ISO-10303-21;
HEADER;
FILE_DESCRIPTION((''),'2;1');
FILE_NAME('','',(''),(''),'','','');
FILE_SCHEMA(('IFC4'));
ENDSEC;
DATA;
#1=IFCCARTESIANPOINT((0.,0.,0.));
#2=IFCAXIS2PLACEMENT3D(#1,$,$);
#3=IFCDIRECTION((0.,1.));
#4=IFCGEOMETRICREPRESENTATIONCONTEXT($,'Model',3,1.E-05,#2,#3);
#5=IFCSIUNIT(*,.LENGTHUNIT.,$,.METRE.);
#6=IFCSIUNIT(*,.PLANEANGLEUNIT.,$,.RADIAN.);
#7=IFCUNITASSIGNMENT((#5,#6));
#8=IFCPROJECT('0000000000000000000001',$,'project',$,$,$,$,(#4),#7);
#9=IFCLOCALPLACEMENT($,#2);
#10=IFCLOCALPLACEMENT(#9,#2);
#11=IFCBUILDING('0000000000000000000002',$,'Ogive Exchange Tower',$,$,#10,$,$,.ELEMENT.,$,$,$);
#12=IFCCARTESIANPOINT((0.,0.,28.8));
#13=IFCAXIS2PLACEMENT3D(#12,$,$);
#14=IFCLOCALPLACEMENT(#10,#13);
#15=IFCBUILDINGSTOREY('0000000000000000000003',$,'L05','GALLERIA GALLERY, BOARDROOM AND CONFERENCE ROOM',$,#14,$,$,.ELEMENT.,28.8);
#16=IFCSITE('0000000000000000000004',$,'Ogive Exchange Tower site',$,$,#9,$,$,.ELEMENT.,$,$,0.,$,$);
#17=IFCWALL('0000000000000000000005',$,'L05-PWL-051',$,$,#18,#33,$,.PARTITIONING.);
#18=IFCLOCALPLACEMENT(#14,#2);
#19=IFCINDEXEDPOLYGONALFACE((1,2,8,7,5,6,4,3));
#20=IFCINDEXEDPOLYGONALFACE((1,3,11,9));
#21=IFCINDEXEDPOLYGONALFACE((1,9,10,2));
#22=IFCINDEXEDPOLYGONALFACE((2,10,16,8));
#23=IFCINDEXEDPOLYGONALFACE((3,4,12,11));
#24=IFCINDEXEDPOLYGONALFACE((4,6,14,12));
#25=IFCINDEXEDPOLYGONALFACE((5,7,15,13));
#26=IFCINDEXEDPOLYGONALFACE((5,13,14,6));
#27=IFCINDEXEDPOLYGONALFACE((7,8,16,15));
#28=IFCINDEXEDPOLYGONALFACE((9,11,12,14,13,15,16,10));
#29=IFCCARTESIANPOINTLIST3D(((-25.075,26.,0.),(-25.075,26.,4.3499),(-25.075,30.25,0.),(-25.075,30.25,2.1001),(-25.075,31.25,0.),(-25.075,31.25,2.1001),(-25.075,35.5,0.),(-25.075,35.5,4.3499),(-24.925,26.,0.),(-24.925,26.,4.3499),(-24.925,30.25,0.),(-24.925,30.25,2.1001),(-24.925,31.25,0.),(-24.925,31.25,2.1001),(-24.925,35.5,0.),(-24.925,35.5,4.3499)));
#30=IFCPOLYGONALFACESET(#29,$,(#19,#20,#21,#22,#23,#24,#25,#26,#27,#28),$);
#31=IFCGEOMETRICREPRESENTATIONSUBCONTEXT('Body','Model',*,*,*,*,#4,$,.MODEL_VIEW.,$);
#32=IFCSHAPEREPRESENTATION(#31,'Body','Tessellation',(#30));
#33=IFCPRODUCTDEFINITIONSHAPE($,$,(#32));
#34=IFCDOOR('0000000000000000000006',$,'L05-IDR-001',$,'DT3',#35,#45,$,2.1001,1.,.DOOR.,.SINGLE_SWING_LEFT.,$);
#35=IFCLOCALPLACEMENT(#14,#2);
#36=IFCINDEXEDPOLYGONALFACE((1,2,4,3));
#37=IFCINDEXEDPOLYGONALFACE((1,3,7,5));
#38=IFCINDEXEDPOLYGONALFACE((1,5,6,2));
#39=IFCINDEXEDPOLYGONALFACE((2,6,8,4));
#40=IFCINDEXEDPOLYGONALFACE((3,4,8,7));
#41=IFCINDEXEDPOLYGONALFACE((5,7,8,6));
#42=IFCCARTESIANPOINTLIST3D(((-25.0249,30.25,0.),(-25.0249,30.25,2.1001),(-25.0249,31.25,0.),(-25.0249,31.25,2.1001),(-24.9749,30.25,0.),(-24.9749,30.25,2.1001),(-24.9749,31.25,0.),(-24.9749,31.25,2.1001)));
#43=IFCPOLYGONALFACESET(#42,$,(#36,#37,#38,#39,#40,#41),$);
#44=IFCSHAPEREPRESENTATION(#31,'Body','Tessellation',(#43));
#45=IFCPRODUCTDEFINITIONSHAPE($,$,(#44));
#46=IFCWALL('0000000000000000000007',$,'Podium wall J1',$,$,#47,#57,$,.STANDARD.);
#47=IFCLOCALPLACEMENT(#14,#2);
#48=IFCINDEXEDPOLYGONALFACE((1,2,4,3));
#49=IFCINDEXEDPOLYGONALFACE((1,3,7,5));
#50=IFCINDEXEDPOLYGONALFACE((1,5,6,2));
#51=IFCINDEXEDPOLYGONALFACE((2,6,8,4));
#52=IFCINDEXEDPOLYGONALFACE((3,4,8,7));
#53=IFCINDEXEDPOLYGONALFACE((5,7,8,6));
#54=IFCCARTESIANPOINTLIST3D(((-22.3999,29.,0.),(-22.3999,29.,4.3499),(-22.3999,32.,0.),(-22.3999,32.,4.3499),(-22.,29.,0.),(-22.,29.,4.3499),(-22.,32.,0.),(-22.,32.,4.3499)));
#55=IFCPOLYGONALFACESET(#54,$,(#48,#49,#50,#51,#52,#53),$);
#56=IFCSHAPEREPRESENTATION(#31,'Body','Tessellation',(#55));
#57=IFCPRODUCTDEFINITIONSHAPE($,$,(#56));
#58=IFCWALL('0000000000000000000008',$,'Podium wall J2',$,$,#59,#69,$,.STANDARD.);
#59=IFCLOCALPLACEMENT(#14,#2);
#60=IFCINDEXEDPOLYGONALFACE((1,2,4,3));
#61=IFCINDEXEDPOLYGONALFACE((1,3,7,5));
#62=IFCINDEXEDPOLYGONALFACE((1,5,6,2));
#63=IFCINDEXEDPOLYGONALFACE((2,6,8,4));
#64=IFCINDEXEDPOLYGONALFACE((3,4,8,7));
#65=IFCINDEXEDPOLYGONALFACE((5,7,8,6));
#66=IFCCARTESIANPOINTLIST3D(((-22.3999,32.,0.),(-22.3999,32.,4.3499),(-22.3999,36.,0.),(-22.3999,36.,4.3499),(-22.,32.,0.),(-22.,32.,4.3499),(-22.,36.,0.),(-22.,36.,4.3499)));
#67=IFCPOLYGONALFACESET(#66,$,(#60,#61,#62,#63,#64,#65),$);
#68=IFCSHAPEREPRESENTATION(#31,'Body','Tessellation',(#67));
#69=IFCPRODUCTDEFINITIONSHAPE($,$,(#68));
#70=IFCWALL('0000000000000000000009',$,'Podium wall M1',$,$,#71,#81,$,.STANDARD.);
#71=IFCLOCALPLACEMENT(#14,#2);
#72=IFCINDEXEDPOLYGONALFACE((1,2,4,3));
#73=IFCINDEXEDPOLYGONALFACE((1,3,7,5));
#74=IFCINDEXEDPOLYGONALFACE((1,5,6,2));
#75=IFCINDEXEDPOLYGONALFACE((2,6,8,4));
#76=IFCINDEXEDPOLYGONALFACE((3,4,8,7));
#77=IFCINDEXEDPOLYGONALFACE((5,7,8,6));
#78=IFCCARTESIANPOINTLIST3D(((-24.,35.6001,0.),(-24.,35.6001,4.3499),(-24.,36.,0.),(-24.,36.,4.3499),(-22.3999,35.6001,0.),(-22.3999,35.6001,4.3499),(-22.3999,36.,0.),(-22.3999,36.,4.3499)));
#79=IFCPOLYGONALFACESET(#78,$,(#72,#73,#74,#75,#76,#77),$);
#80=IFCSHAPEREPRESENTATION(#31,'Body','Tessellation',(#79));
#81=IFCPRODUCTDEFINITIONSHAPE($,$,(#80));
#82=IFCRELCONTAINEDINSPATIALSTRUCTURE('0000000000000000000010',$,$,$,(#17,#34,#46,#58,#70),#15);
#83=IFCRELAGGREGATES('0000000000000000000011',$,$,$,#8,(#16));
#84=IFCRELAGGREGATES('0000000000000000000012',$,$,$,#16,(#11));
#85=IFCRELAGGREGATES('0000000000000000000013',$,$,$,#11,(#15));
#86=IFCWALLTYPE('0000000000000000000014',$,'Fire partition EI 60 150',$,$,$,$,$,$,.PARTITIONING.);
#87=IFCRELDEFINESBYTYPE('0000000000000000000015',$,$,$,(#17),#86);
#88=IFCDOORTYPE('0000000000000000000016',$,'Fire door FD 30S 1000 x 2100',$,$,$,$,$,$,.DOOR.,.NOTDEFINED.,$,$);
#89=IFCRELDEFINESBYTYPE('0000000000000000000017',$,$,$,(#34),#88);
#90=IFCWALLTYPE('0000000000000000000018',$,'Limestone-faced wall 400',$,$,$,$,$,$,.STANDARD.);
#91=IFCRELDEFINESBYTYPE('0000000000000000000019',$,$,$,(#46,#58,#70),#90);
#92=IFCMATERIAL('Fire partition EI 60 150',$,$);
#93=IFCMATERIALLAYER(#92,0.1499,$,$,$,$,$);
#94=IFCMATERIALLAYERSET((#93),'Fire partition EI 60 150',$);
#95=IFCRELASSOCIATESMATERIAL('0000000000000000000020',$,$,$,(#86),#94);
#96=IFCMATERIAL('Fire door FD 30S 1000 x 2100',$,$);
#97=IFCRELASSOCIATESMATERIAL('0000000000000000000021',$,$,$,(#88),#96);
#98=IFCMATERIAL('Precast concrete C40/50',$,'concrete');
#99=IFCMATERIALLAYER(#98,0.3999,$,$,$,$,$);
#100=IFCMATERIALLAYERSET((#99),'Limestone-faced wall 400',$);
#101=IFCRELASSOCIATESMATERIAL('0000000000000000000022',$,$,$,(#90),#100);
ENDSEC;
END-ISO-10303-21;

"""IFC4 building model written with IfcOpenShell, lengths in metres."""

from ifc_helpers import new_model, si_unit, direction, frame, frame_2d, origin, place, context, subcontext, project, spatial, rectangle, extrude, material, layer, layer_set, type_object, element, fill, save


model = new_model("IFC4")

# Units and contexts
model_context = context("Model", 3, precision=1e-05, world=origin(), true_north=direction((0.0, 1.0)))
body_context = subcontext(model_context, "Body", "Model", "MODEL_VIEW")
ifc_project = project(units=[si_unit("LENGTHUNIT", "METRE"), si_unit("PLANEANGLEUNIT", "RADIAN")], contexts=[model_context])

# Site, building, storey
site_placement = place(None, origin())
site = spatial("IfcSite", under=ifc_project, at=site_placement, Name="Ogive Exchange Tower site", CompositionType="ELEMENT", RefElevation=0.0)
building_placement = place(site_placement, origin())
building = spatial("IfcBuilding", under=site, at=building_placement, Name="Ogive Exchange Tower", CompositionType="ELEMENT")
storey_placement = place(building_placement, frame((0.0, 0.0, 28.8)))
storey = spatial("IfcBuildingStorey", under=building, at=storey_placement, Name="L05", Description="GALLERIA GALLERY, BOARDROOM AND CONFERENCE ROOM", CompositionType="ELEMENT", Elevation=28.8)

# Wall, opening, door
ifc_material_1 = material(Name="Fire partition EI 60 150")
ifc_layer_1 = layer(ifc_material_1, 0.1499)
ifc_layer_set_1 = layer_set([ifc_layer_1], Name="Fire partition EI 60 150")
wall_type_1 = type_object("IfcWallType", Name="Fire partition EI 60 150", PredefinedType="PARTITIONING", material=ifc_layer_set_1)
ifc_material_2 = material(Name="Fire door FD 30S 1000 x 2100")
door_type = type_object("IfcDoorType", Name="Fire door FD 30S 1000 x 2100", OperationType="NOTDEFINED", PredefinedType="DOOR", material=ifc_material_2)
wall_1_placement = place(storey_placement, frame((-25.0, 26.0, 0.0), z_axis=(0.0, 0.0, 1.0), x_axis=(0.0, 1.0, 0.0)))
wall_1 = element("IfcWall", 1, at=wall_1_placement, inside=storey, type_object=wall_type_1, Name="L05-PWL-051", PredefinedType="PARTITIONING", context=body_context, shape_type="SweptSolid", body=[
    extrude(rectangle(XDim=9.5, YDim=0.1499, at=frame_2d((4.75, 0.0))), origin(), (0.0, 0.0, 1.0), 4.3499),
])
opening_1_placement = place(wall_1_placement, frame((4.25, 0.0, 0.0)))
opening_1 = element("IfcOpeningElement", 2, at=opening_1_placement, cuts=wall_1, PredefinedType="OPENING", context=body_context, shape_type="SweptSolid", body=[
    extrude(rectangle(XDim=1.0, YDim=2.1001, at=frame_2d((0.5, 1.05))), frame((0.0, 0.085, 0.0), z_axis=(0.0, -1.0, 0.0), x_axis=(1.0, 0.0, 0.0)), (0.0, 0.0, 1.0), 0.1699),
])
door_1_placement = place(opening_1_placement, origin())
door_1 = element("IfcDoor", 3, at=door_1_placement, inside=storey, type_object=door_type, Name="L05-IDR-001", ObjectType="DT3", OperationType="SINGLE_SWING_LEFT", OverallHeight=2.1001, OverallWidth=1.0, PredefinedType="DOOR", context=body_context, shape_type="SweptSolid", body=[
    extrude(rectangle(XDim=1.0, YDim=2.1001, at=frame_2d((0.5, 1.05))), frame((0.0, 0.0249, 0.0), z_axis=(0.0, -1.0, 0.0), x_axis=(1.0, 0.0, 0.0)), (0.0, 0.0, 1.0), 0.05),
])
fill(opening_1, door_1)

# Walls
ifc_material_3 = material(Name="Precast concrete C40/50", Category="concrete")
ifc_layer_2 = layer(ifc_material_3, 0.3999)
ifc_layer_set_2 = layer_set([ifc_layer_2], Name="Limestone-faced wall 400")
wall_type_2 = type_object("IfcWallType", Name="Limestone-faced wall 400", PredefinedType="STANDARD", material=ifc_layer_set_2)
wall_2_placement = place(storey_placement, frame((-22.2, 29.0, 0.0), z_axis=(0.0, 0.0, 1.0), x_axis=(0.0, 1.0, 0.0)))
element("IfcWall", 4, at=wall_2_placement, inside=storey, type_object=wall_type_2, Name="Podium wall J1", PredefinedType="STANDARD", context=body_context, shape_type="SweptSolid", body=[
    extrude(rectangle(XDim=3.0, YDim=0.3999, at=frame_2d((1.5, 0.0))), origin(), (0.0, 0.0, 1.0), 4.3499),
])
wall_3_placement = place(storey_placement, frame((-22.2, 32.0, 0.0), z_axis=(0.0, 0.0, 1.0), x_axis=(0.0, 1.0, 0.0)))
element("IfcWall", 5, at=wall_3_placement, inside=storey, type_object=wall_type_2, Name="Podium wall J2", PredefinedType="STANDARD", context=body_context, shape_type="SweptSolid", body=[
    extrude(rectangle(XDim=4.0, YDim=0.3999, at=frame_2d((2.0, 0.0))), origin(), (0.0, 0.0, 1.0), 4.3499),
])
wall_4_placement = place(storey_placement, frame((-22.3999, 35.8, 0.0), z_axis=(0.0, 0.0, 1.0), x_axis=(-1.0, 0.0, 0.0)))
element("IfcWall", 6, at=wall_4_placement, inside=storey, type_object=wall_type_2, Name="Podium wall M1", PredefinedType="STANDARD", context=body_context, shape_type="SweptSolid", body=[
    extrude(rectangle(XDim=1.6001, YDim=0.3999, at=frame_2d((0.8, 0.0))), origin(), (0.0, 0.0, 1.0), 4.3499),
])

save(model, "model.ifc")
